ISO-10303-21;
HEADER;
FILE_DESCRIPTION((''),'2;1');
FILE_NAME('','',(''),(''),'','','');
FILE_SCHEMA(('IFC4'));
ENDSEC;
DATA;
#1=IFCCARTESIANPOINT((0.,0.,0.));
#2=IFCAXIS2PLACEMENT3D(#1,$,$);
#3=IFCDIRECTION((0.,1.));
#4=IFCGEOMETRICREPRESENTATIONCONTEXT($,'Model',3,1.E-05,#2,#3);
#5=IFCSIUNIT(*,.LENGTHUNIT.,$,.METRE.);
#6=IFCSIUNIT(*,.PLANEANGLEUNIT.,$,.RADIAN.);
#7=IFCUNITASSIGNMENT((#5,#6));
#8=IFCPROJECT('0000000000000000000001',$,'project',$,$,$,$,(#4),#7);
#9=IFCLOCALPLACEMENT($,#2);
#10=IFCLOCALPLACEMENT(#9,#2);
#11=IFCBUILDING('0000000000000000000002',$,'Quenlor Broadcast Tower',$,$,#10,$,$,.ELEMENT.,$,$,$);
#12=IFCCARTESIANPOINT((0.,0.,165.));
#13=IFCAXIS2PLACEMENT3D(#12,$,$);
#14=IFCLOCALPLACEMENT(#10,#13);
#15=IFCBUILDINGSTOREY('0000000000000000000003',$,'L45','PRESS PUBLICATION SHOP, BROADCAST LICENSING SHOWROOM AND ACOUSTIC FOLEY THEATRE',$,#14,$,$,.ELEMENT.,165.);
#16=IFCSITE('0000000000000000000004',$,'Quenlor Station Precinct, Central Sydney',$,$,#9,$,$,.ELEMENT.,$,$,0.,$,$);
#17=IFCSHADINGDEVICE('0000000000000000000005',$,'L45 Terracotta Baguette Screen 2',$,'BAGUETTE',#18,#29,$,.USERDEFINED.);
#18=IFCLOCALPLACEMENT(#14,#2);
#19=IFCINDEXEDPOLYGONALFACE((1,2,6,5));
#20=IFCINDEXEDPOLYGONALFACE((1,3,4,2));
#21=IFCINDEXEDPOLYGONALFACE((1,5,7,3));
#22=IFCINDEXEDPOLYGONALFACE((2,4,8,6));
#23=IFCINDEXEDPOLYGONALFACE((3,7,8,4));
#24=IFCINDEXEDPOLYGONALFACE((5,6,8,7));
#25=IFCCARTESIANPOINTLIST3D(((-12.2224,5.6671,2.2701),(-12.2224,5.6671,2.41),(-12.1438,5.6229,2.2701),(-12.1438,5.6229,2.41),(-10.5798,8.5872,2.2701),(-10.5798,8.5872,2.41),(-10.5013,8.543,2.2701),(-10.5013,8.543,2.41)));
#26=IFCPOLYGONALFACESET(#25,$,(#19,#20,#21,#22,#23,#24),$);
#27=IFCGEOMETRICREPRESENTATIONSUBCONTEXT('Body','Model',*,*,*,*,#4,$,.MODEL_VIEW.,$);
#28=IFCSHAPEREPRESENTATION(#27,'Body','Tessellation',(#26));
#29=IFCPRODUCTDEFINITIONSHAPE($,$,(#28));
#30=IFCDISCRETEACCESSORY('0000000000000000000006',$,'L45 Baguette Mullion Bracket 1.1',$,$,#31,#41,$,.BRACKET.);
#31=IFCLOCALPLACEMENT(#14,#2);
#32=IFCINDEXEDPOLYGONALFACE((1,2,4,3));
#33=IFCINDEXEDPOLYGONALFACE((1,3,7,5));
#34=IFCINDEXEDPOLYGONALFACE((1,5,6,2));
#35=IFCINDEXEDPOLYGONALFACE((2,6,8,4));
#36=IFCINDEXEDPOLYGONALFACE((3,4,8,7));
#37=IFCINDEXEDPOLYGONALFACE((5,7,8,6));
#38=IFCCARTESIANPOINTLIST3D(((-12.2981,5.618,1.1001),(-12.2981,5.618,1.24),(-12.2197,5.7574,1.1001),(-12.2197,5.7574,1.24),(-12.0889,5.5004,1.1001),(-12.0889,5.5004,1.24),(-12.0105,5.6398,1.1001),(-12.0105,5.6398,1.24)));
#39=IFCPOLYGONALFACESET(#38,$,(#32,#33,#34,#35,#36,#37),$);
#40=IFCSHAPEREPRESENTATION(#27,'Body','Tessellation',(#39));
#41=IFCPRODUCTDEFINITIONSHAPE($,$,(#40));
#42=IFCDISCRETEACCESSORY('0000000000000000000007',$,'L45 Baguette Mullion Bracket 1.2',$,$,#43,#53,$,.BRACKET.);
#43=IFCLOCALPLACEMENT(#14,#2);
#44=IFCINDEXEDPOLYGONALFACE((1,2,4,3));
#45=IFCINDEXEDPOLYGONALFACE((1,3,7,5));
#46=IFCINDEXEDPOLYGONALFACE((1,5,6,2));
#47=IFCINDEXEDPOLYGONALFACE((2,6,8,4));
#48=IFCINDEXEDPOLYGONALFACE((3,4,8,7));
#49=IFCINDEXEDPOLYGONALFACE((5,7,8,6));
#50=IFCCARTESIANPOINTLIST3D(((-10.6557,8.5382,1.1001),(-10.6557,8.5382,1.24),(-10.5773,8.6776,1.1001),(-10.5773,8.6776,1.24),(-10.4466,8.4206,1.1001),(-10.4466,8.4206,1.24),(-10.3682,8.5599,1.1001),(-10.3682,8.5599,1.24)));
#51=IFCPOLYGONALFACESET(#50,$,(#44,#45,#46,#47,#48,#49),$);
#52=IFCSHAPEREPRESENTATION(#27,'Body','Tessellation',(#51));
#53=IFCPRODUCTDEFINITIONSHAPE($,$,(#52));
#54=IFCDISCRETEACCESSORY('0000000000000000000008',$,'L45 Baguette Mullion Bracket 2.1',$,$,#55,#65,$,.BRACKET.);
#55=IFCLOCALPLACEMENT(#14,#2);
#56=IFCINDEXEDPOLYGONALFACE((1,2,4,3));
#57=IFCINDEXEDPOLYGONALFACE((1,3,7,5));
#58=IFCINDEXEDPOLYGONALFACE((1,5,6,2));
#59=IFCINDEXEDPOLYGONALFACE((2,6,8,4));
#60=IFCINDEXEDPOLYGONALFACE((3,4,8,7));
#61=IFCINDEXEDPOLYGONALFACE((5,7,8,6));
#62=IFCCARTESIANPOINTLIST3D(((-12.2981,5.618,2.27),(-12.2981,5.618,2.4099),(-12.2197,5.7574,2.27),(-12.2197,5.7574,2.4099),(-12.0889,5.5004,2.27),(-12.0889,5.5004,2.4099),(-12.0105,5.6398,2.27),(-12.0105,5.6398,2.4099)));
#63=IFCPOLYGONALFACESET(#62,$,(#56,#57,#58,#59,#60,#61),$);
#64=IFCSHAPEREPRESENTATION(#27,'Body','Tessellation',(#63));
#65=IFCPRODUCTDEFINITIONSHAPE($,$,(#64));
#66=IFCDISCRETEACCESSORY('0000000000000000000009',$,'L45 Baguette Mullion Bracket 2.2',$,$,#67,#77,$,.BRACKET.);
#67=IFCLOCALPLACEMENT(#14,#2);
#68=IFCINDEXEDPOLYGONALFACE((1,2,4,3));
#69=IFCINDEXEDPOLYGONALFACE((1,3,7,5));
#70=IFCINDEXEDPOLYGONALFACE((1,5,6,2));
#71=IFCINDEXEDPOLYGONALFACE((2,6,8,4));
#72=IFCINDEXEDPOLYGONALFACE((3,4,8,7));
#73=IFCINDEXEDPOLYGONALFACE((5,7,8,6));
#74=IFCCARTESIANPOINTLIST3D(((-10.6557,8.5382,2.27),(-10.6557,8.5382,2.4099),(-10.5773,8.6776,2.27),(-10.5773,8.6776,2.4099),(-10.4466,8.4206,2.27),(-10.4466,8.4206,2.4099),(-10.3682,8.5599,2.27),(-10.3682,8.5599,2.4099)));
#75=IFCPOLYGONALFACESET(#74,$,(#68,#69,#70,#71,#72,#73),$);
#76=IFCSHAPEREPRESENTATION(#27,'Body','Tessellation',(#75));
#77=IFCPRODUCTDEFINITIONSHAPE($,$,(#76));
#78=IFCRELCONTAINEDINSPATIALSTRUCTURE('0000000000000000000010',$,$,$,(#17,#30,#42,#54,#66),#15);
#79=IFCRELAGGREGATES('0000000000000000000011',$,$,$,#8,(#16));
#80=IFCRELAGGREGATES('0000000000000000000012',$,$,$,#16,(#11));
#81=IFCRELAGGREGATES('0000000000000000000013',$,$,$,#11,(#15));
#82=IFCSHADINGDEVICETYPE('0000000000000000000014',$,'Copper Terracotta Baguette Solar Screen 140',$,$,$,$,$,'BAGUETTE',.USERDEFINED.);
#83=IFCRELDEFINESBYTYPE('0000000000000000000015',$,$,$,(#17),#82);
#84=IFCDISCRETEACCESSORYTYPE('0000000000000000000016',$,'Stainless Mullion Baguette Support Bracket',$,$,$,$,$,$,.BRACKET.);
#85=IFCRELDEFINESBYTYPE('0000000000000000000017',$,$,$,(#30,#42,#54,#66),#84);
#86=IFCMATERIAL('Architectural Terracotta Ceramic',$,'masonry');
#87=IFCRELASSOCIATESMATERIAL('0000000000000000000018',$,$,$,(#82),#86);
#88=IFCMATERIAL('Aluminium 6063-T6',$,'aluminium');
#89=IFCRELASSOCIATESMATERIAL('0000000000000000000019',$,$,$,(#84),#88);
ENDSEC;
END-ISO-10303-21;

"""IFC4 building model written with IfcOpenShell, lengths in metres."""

from ifc_helpers import new_model, si_unit, direction, frame, origin, origin_2d, place, context, subcontext, project, spatial, rectangle, extrude, material, material_profile, profile_set, type_object, element, save


model = new_model("IFC4")

# Units and contexts
model_context = context("Model", 3, precision=1e-05, world=origin(), true_north=direction((0.0, 1.0)))
body_context = subcontext(model_context, "Body", "Model", "MODEL_VIEW")
ifc_project = project(units=[si_unit("LENGTHUNIT", "METRE"), si_unit("PLANEANGLEUNIT", "RADIAN")], contexts=[model_context])

# Site, building, storey
site_placement = place(None, origin())
site = spatial("IfcSite", under=ifc_project, at=site_placement, Name="Quenlor Station Precinct, Central Sydney", CompositionType="ELEMENT", RefElevation=0.0)
building_placement = place(site_placement, origin())
building = spatial("IfcBuilding", under=site, at=building_placement, Name="Quenlor Broadcast Tower", CompositionType="ELEMENT")
storey_placement = place(building_placement, frame((0.0, 0.0, 165.0)))
storey = spatial("IfcBuildingStorey", under=building, at=storey_placement, Name="L45", Description="PRESS PUBLICATION SHOP, BROADCAST LICENSING SHOWROOM AND ACOUSTIC FOLEY THEATRE", CompositionType="ELEMENT", Elevation=165.0)

# Shading device
ifc_material_1 = material(Name="Architectural Terracotta Ceramic", Category="masonry")
ifc_material_profile_1 = material_profile(ifc_material_1, rectangle(XDim=0.0901, YDim=0.1399, at=origin_2d()))
ifc_profile_set_1 = profile_set([ifc_material_profile_1], Name="Architectural Terracotta Ceramic BAG90x140")
shading_device_type = type_object("IfcShadingDeviceType", Name="Copper Terracotta Baguette Solar Screen 140", ElementType="BAGUETTE", PredefinedType="USERDEFINED", material=ifc_profile_set_1)
for number, where, z_axis, x_axis, name in (
    (1, (-12.1831, 5.645, 2.3401), (0.490258, 0.871577, 0.0), (-0.871577, 0.490258, 0.0), "L45 Terracotta Baguette Screen 2"),
):
    element("IfcShadingDevice", number, at=place(storey_placement, frame(where, z_axis=z_axis, x_axis=x_axis)), inside=storey, type_object=shading_device_type, Name=name, ObjectType="BAGUETTE", PredefinedType="USERDEFINED", context=body_context, shape_type="SweptSolid", body=[
        extrude(rectangle(XDim=0.0901, YDim=0.1399, at=origin_2d()), origin(), (0.0, 0.0, 1.0), 3.3503),
    ])

# Discrete accessories
ifc_material_2 = material(Name="Aluminium 6063-T6", Category="aluminium")
discrete_accessory_type = type_object("IfcDiscreteAccessoryType", Name="Stainless Mullion Baguette Support Bracket", PredefinedType="BRACKET", material=ifc_material_2)
for number, where, z_axis, x_axis, name in (
    (2, (-12.1543, 5.6289, 1.1001), (0.0, 0.0, 1.0), (0.490256, 0.871579, 0.0), "L45 Baguette Mullion Bracket 1.1"),
    (3, (-10.512, 8.5491, 1.1001), (0.0, 0.0, 1.0), (0.490256, 0.871579, 0.0), "L45 Baguette Mullion Bracket 1.2"),
    (4, (-12.1543, 5.6289, 2.27), (0.0, 0.0, 1.0), (0.490256, 0.871579, 0.0), "L45 Baguette Mullion Bracket 2.1"),
    (5, (-10.512, 8.5491, 2.27), (0.0, 0.0, 1.0), (0.490256, 0.871579, 0.0), "L45 Baguette Mullion Bracket 2.2"),
):
    element("IfcDiscreteAccessory", number, at=place(storey_placement, frame(where, z_axis=z_axis, x_axis=x_axis)), inside=storey, type_object=discrete_accessory_type, Name=name, PredefinedType="BRACKET", context=body_context, shape_type="SweptSolid", body=[
        extrude(rectangle(XDim=0.1599, YDim=0.24, at=origin_2d()), origin(), (0.0, 0.0, 1.0), 0.1399),
    ])

save(model, "model.ifc")
